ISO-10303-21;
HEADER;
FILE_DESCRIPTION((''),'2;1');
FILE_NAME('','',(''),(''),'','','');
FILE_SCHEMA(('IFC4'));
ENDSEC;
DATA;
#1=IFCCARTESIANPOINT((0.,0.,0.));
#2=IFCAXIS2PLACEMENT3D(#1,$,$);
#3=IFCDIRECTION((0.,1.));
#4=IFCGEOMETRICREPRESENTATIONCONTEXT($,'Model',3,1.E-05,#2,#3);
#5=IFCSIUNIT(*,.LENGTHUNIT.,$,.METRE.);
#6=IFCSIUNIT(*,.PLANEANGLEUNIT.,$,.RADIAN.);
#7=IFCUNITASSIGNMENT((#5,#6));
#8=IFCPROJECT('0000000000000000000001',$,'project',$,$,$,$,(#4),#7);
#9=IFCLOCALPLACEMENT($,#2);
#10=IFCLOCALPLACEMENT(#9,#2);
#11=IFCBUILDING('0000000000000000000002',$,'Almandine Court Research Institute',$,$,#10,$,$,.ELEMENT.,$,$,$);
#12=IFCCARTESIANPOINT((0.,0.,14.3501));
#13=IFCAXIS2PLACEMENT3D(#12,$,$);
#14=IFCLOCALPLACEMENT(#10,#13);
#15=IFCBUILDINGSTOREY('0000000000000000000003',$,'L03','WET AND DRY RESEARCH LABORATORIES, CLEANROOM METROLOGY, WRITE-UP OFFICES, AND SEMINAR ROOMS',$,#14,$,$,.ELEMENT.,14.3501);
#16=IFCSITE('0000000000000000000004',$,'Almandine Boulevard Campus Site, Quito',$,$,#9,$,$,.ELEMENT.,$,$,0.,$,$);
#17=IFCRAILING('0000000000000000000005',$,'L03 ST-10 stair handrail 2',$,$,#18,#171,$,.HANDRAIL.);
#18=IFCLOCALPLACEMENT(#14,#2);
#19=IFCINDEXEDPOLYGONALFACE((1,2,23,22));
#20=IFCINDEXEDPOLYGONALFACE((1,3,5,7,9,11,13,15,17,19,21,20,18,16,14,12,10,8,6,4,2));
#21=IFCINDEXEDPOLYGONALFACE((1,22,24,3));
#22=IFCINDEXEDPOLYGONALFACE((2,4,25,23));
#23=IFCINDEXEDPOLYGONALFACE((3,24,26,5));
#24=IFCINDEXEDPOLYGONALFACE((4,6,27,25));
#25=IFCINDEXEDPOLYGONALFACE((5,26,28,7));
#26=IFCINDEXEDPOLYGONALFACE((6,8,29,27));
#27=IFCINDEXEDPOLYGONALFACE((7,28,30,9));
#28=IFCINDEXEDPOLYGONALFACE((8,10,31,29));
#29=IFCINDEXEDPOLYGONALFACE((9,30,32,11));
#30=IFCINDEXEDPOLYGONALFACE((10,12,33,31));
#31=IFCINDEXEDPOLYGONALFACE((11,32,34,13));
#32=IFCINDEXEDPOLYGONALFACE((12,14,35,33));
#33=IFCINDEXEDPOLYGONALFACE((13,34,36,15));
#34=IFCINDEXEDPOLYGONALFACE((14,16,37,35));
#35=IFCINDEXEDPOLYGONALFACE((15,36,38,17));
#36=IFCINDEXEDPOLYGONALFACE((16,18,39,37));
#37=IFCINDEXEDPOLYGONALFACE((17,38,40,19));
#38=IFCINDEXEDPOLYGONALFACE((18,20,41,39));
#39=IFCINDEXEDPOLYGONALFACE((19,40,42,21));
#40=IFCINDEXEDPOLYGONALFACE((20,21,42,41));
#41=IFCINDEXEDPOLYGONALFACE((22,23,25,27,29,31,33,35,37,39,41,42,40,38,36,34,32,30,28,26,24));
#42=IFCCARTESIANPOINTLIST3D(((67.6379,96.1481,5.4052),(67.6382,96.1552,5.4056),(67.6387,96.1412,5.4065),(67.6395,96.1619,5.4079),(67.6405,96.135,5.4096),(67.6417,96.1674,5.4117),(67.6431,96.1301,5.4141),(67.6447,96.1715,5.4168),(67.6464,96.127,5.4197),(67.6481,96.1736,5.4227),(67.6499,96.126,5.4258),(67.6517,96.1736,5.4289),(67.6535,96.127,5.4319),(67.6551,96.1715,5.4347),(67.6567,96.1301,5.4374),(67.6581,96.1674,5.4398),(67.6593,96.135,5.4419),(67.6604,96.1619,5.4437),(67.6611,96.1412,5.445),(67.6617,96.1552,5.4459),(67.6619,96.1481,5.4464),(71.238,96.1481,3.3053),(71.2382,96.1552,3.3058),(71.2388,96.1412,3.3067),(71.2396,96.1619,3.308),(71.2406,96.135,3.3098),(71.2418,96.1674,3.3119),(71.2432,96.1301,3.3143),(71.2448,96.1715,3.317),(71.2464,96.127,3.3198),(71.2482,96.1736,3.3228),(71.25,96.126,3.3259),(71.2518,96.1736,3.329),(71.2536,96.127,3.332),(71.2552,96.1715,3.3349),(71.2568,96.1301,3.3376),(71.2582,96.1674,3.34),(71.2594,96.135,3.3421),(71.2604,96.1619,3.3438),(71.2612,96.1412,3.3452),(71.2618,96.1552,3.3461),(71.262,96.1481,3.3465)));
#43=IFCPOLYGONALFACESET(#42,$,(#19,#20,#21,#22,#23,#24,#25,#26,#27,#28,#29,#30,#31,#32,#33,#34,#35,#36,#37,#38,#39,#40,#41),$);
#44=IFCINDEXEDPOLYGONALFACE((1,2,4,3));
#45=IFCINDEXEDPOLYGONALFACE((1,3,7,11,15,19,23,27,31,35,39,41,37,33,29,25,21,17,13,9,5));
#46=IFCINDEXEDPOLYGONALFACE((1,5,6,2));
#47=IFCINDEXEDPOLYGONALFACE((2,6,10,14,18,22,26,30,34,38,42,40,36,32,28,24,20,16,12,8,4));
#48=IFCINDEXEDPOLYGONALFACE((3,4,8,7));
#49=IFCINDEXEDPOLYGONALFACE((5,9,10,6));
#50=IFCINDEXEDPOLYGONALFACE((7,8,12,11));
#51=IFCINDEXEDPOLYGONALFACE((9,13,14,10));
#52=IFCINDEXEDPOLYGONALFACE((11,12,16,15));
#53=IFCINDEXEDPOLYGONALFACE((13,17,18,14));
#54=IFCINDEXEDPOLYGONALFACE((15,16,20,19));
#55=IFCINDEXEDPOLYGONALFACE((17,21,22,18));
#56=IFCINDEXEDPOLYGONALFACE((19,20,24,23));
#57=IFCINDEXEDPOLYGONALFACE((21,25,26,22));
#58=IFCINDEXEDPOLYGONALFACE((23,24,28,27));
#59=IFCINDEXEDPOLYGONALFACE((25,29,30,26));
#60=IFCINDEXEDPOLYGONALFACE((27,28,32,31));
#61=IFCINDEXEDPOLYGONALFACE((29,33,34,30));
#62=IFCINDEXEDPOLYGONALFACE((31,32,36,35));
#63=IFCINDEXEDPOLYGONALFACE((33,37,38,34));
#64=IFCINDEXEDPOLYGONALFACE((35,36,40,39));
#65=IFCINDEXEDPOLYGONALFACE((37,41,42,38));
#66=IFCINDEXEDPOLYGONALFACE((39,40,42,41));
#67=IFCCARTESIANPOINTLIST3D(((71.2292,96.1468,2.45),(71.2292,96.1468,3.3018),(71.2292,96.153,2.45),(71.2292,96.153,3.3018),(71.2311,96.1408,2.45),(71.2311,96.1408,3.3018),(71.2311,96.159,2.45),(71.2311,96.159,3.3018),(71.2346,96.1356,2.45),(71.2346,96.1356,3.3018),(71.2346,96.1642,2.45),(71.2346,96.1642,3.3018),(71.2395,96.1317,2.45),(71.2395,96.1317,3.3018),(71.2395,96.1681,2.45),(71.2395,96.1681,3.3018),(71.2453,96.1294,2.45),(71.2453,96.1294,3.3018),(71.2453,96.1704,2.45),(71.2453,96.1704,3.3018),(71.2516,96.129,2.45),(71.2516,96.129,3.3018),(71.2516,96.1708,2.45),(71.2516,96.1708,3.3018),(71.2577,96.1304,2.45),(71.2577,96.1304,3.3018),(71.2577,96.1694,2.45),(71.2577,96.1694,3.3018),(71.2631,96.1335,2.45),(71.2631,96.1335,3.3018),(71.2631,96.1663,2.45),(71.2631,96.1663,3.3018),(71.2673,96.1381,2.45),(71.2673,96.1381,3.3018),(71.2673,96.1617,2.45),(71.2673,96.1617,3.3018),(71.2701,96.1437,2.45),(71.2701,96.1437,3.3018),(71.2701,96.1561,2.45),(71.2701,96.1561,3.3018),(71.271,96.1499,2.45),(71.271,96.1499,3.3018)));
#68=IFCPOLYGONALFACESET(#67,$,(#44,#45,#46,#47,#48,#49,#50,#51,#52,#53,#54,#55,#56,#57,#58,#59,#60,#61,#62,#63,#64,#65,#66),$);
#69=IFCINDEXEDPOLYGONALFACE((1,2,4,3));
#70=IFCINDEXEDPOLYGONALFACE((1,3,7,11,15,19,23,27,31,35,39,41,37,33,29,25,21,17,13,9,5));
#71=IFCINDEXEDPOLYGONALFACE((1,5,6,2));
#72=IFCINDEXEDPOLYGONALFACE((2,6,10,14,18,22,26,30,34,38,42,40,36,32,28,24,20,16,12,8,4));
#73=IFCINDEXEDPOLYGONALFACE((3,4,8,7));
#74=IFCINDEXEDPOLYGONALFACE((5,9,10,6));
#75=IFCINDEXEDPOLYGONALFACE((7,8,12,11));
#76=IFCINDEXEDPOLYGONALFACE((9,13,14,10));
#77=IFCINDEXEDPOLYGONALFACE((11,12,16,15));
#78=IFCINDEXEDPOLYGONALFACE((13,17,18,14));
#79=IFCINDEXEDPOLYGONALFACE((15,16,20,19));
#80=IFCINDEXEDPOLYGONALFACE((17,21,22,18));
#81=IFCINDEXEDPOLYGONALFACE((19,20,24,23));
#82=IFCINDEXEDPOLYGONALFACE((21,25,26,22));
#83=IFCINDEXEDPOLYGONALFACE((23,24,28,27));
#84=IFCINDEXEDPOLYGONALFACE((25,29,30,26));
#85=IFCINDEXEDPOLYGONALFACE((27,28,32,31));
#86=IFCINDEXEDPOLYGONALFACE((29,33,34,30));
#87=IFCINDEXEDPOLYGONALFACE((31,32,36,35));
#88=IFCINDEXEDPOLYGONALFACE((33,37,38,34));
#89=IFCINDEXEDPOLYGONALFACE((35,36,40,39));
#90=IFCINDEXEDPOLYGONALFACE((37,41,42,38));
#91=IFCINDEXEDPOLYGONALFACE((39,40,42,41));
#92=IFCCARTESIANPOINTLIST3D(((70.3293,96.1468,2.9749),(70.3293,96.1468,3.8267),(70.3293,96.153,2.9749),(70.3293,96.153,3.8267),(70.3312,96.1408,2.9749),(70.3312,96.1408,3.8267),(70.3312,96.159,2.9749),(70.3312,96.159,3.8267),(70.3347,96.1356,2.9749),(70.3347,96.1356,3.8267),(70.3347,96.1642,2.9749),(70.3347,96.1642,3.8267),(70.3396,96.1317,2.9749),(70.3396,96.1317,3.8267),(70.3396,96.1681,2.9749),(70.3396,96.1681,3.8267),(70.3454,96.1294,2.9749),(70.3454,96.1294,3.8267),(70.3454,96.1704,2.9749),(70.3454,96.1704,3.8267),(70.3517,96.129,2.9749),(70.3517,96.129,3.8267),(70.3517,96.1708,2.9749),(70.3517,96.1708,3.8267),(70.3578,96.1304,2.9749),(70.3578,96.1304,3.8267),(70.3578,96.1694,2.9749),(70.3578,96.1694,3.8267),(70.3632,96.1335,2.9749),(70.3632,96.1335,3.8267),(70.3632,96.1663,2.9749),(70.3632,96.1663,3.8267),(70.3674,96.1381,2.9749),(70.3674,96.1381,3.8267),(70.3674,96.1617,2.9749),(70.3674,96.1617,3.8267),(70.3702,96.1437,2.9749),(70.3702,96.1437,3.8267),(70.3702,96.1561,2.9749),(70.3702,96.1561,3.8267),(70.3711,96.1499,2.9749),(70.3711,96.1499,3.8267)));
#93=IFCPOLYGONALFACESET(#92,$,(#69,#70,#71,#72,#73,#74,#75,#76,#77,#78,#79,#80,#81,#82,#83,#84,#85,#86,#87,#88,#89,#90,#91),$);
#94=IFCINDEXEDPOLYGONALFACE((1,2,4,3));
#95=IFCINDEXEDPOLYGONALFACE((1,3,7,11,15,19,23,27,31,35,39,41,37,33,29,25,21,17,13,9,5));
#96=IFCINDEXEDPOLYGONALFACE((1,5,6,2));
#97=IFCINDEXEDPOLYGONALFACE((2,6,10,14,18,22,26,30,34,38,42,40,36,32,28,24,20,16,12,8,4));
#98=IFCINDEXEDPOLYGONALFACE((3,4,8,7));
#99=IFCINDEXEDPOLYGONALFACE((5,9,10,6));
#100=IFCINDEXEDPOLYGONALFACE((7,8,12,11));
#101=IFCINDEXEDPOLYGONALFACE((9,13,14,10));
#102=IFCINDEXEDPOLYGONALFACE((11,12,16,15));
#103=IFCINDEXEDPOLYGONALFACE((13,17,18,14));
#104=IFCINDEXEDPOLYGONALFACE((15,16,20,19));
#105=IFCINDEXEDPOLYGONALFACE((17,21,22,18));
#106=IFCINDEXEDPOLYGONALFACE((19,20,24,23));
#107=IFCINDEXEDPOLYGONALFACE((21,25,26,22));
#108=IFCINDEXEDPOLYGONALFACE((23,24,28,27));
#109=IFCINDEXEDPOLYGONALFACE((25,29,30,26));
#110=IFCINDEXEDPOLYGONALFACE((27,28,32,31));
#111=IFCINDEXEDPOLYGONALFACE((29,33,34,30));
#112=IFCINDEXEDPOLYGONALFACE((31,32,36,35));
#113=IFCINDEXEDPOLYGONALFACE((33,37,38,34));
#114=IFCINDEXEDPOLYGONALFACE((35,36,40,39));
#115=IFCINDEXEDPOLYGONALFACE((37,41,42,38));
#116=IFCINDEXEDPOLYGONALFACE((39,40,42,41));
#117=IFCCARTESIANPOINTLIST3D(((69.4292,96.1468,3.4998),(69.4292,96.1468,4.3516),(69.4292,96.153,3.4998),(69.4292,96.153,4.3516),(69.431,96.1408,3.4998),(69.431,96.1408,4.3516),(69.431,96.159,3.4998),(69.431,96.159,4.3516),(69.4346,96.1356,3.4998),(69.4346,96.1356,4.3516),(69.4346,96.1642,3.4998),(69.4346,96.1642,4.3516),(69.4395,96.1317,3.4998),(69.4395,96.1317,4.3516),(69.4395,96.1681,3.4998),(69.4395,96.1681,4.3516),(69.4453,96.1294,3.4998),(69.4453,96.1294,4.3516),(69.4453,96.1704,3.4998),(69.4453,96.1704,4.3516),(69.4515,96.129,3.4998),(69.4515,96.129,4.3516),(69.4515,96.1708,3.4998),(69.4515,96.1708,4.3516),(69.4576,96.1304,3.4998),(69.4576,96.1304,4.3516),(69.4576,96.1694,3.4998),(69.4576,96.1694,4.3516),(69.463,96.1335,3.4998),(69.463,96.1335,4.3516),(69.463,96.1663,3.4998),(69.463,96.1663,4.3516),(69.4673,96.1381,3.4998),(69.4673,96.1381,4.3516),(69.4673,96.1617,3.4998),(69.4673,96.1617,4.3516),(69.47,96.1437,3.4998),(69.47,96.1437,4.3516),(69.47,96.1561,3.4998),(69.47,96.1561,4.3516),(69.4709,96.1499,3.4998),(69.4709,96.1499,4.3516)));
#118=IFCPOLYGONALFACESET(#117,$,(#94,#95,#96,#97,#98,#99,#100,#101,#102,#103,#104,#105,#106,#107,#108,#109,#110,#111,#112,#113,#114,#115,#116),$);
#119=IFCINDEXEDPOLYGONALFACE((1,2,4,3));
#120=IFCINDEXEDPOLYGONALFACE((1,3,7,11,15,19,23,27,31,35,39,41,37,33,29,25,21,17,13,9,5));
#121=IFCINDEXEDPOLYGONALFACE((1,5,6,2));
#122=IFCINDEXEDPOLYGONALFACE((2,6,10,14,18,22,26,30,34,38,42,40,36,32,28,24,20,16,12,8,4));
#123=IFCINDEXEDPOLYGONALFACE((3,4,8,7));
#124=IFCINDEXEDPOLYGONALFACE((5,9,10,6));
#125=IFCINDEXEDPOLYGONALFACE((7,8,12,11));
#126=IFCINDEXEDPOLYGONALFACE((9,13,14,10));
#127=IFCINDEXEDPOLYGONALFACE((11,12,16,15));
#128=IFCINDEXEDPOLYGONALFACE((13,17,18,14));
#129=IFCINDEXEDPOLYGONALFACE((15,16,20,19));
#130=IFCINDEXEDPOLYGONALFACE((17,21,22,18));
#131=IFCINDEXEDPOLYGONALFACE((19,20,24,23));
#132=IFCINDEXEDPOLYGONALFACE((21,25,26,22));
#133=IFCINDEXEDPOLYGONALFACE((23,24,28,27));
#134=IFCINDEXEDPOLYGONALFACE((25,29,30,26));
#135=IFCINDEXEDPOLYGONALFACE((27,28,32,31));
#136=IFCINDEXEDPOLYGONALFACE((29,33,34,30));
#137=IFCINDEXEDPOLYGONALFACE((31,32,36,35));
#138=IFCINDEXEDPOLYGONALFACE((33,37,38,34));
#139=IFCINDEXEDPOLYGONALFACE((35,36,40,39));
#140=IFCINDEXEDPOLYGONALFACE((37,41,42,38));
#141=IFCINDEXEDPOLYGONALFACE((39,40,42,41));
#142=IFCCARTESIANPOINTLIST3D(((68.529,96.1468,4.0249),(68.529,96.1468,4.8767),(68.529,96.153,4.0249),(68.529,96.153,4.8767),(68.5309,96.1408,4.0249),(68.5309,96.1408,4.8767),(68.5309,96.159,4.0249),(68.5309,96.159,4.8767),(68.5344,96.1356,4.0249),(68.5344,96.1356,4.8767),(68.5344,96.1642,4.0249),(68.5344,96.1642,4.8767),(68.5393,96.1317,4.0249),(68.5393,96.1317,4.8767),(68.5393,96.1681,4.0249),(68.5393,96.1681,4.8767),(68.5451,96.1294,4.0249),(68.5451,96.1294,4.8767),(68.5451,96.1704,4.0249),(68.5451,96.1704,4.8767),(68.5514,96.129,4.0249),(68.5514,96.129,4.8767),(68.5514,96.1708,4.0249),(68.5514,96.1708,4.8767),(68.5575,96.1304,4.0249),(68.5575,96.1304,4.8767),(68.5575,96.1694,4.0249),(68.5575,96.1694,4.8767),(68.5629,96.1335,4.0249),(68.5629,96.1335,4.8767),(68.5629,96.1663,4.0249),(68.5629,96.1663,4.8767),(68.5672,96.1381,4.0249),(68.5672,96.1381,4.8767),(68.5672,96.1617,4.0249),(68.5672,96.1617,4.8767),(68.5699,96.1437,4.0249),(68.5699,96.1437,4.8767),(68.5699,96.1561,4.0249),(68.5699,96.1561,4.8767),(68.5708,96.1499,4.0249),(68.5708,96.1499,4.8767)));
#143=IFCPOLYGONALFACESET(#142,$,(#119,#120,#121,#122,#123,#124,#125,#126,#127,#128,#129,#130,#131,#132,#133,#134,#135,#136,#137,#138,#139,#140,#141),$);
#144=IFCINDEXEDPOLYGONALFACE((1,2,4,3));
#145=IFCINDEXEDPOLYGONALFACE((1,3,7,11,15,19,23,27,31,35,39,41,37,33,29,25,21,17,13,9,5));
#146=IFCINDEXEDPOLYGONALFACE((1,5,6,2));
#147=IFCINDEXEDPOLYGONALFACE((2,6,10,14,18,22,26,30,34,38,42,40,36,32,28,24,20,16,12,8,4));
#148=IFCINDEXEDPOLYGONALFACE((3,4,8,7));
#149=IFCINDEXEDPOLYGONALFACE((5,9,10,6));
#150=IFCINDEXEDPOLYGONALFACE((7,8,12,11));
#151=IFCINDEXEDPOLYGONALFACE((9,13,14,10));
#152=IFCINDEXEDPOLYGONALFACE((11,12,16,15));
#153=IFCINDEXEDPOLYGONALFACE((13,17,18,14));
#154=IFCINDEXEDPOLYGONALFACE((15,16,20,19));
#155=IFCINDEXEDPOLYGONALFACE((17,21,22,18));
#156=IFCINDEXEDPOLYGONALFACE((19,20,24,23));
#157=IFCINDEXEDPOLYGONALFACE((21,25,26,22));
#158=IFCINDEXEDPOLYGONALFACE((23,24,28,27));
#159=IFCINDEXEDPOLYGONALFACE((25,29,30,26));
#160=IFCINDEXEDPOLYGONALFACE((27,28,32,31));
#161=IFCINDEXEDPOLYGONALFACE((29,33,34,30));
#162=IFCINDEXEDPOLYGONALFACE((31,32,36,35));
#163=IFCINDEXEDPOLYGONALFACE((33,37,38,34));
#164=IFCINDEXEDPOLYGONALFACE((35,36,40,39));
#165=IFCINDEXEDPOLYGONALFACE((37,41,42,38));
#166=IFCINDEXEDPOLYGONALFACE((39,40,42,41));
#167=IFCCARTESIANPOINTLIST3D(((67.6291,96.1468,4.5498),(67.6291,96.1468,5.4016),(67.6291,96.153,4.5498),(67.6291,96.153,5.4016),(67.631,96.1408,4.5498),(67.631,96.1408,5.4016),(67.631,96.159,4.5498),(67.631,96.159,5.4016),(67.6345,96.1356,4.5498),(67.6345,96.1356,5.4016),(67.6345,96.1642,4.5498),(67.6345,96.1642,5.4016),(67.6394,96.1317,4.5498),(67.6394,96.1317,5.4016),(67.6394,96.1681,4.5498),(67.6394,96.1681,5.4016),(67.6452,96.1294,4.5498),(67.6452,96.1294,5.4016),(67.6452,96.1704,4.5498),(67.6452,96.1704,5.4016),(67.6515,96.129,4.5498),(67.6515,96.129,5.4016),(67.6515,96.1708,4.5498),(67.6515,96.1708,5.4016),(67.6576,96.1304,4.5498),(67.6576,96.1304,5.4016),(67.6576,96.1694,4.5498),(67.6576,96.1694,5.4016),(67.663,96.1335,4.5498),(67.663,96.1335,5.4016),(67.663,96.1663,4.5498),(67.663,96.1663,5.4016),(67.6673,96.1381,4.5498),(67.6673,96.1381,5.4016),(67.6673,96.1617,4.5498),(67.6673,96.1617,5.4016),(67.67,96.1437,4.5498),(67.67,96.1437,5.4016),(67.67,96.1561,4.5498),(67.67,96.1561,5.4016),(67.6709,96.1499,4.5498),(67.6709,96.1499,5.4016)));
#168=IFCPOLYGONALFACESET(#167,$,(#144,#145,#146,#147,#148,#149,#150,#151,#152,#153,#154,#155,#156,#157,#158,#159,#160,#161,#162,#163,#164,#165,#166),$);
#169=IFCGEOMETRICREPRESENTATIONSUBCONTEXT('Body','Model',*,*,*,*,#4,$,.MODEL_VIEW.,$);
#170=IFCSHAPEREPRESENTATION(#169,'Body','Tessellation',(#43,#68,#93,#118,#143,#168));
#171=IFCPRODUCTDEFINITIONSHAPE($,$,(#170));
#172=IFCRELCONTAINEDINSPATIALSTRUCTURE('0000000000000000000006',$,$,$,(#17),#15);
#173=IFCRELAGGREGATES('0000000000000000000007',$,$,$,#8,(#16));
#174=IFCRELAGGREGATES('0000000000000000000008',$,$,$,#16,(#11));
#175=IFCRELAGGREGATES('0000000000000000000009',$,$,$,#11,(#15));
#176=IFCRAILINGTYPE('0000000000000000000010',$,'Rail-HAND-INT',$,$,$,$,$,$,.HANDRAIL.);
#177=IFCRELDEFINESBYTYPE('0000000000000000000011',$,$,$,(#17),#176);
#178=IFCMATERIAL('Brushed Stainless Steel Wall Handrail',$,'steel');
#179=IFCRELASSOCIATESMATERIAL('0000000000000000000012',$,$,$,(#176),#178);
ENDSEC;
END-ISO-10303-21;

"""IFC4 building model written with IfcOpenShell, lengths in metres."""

from ifc_helpers import new_model, si_unit, direction, frame, origin, origin_2d, place, context, subcontext, project, spatial, circle, extrude, material, type_object, element, save


model = new_model("IFC4")

# Units and contexts
model_context = context("Model", 3, precision=1e-05, world=origin(), true_north=direction((0.0, 1.0)))
body_context = subcontext(model_context, "Body", "Model", "MODEL_VIEW")
ifc_project = project(units=[si_unit("LENGTHUNIT", "METRE"), si_unit("PLANEANGLEUNIT", "RADIAN")], contexts=[model_context])

# Site, building, storey
site_placement = place(None, origin())
site = spatial("IfcSite", under=ifc_project, at=site_placement, Name="Almandine Boulevard Campus Site, Quito", CompositionType="ELEMENT", RefElevation=0.0)
building_placement = place(site_placement, origin())
building = spatial("IfcBuilding", under=site, at=building_placement, Name="Almandine Court Research Institute", CompositionType="ELEMENT")
storey_placement = place(building_placement, frame((0.0, 0.0, 14.3501)))
storey = spatial("IfcBuildingStorey", under=building, at=storey_placement, Name="L03", Description="WET AND DRY RESEARCH LABORATORIES, CLEANROOM METROLOGY, WRITE-UP OFFICES, AND SEMINAR ROOMS", CompositionType="ELEMENT", Elevation=14.3501)

# Railing
ifc_material_1 = material(Name="Brushed Stainless Steel Wall Handrail", Category="steel")
railing_type_1 = type_object("IfcRailingType", Name="Rail-HAND-INT", PredefinedType="HANDRAIL", material=ifc_material_1)
railing_1_placement = place(storey_placement, frame((71.25, 96.1499, 2.45)))
element("IfcRailing", 1, at=railing_1_placement, inside=storey, type_object=railing_type_1, Name="L03 ST-10 stair handrail 2", PredefinedType="HANDRAIL", context=body_context, shape_type="SweptSolid", body=[
    extrude(circle(Radius=0.0239, at=origin_2d()), frame((0.0, 0.0, 0.876), z_axis=(-0.8638, 0.0, 0.503835), x_axis=(0.0, -1.0, 0.0)), (0.0, 0.0, 1.0), 4.1677),
    extrude(circle(Radius=0.021, at=origin_2d()), origin(), (0.0, 0.0, 1.0), 0.8518),
    extrude(circle(Radius=0.021, at=origin_2d()), frame((-0.8999, 0.0, 0.5249)), (0.0, 0.0, 1.0), 0.8518),
    extrude(circle(Radius=0.021, at=origin_2d()), frame((-1.8, 0.0, 1.0498)), (0.0, 0.0, 1.0), 0.8518),
    extrude(circle(Radius=0.021, at=origin_2d()), frame((-2.7002, 0.0, 1.575)), (0.0, 0.0, 1.0), 0.8518),
    extrude(circle(Radius=0.021, at=origin_2d()), frame((-3.6001, 0.0, 2.0999)), (0.0, 0.0, 1.0), 0.8518),
])

save(model, "model.ifc")
